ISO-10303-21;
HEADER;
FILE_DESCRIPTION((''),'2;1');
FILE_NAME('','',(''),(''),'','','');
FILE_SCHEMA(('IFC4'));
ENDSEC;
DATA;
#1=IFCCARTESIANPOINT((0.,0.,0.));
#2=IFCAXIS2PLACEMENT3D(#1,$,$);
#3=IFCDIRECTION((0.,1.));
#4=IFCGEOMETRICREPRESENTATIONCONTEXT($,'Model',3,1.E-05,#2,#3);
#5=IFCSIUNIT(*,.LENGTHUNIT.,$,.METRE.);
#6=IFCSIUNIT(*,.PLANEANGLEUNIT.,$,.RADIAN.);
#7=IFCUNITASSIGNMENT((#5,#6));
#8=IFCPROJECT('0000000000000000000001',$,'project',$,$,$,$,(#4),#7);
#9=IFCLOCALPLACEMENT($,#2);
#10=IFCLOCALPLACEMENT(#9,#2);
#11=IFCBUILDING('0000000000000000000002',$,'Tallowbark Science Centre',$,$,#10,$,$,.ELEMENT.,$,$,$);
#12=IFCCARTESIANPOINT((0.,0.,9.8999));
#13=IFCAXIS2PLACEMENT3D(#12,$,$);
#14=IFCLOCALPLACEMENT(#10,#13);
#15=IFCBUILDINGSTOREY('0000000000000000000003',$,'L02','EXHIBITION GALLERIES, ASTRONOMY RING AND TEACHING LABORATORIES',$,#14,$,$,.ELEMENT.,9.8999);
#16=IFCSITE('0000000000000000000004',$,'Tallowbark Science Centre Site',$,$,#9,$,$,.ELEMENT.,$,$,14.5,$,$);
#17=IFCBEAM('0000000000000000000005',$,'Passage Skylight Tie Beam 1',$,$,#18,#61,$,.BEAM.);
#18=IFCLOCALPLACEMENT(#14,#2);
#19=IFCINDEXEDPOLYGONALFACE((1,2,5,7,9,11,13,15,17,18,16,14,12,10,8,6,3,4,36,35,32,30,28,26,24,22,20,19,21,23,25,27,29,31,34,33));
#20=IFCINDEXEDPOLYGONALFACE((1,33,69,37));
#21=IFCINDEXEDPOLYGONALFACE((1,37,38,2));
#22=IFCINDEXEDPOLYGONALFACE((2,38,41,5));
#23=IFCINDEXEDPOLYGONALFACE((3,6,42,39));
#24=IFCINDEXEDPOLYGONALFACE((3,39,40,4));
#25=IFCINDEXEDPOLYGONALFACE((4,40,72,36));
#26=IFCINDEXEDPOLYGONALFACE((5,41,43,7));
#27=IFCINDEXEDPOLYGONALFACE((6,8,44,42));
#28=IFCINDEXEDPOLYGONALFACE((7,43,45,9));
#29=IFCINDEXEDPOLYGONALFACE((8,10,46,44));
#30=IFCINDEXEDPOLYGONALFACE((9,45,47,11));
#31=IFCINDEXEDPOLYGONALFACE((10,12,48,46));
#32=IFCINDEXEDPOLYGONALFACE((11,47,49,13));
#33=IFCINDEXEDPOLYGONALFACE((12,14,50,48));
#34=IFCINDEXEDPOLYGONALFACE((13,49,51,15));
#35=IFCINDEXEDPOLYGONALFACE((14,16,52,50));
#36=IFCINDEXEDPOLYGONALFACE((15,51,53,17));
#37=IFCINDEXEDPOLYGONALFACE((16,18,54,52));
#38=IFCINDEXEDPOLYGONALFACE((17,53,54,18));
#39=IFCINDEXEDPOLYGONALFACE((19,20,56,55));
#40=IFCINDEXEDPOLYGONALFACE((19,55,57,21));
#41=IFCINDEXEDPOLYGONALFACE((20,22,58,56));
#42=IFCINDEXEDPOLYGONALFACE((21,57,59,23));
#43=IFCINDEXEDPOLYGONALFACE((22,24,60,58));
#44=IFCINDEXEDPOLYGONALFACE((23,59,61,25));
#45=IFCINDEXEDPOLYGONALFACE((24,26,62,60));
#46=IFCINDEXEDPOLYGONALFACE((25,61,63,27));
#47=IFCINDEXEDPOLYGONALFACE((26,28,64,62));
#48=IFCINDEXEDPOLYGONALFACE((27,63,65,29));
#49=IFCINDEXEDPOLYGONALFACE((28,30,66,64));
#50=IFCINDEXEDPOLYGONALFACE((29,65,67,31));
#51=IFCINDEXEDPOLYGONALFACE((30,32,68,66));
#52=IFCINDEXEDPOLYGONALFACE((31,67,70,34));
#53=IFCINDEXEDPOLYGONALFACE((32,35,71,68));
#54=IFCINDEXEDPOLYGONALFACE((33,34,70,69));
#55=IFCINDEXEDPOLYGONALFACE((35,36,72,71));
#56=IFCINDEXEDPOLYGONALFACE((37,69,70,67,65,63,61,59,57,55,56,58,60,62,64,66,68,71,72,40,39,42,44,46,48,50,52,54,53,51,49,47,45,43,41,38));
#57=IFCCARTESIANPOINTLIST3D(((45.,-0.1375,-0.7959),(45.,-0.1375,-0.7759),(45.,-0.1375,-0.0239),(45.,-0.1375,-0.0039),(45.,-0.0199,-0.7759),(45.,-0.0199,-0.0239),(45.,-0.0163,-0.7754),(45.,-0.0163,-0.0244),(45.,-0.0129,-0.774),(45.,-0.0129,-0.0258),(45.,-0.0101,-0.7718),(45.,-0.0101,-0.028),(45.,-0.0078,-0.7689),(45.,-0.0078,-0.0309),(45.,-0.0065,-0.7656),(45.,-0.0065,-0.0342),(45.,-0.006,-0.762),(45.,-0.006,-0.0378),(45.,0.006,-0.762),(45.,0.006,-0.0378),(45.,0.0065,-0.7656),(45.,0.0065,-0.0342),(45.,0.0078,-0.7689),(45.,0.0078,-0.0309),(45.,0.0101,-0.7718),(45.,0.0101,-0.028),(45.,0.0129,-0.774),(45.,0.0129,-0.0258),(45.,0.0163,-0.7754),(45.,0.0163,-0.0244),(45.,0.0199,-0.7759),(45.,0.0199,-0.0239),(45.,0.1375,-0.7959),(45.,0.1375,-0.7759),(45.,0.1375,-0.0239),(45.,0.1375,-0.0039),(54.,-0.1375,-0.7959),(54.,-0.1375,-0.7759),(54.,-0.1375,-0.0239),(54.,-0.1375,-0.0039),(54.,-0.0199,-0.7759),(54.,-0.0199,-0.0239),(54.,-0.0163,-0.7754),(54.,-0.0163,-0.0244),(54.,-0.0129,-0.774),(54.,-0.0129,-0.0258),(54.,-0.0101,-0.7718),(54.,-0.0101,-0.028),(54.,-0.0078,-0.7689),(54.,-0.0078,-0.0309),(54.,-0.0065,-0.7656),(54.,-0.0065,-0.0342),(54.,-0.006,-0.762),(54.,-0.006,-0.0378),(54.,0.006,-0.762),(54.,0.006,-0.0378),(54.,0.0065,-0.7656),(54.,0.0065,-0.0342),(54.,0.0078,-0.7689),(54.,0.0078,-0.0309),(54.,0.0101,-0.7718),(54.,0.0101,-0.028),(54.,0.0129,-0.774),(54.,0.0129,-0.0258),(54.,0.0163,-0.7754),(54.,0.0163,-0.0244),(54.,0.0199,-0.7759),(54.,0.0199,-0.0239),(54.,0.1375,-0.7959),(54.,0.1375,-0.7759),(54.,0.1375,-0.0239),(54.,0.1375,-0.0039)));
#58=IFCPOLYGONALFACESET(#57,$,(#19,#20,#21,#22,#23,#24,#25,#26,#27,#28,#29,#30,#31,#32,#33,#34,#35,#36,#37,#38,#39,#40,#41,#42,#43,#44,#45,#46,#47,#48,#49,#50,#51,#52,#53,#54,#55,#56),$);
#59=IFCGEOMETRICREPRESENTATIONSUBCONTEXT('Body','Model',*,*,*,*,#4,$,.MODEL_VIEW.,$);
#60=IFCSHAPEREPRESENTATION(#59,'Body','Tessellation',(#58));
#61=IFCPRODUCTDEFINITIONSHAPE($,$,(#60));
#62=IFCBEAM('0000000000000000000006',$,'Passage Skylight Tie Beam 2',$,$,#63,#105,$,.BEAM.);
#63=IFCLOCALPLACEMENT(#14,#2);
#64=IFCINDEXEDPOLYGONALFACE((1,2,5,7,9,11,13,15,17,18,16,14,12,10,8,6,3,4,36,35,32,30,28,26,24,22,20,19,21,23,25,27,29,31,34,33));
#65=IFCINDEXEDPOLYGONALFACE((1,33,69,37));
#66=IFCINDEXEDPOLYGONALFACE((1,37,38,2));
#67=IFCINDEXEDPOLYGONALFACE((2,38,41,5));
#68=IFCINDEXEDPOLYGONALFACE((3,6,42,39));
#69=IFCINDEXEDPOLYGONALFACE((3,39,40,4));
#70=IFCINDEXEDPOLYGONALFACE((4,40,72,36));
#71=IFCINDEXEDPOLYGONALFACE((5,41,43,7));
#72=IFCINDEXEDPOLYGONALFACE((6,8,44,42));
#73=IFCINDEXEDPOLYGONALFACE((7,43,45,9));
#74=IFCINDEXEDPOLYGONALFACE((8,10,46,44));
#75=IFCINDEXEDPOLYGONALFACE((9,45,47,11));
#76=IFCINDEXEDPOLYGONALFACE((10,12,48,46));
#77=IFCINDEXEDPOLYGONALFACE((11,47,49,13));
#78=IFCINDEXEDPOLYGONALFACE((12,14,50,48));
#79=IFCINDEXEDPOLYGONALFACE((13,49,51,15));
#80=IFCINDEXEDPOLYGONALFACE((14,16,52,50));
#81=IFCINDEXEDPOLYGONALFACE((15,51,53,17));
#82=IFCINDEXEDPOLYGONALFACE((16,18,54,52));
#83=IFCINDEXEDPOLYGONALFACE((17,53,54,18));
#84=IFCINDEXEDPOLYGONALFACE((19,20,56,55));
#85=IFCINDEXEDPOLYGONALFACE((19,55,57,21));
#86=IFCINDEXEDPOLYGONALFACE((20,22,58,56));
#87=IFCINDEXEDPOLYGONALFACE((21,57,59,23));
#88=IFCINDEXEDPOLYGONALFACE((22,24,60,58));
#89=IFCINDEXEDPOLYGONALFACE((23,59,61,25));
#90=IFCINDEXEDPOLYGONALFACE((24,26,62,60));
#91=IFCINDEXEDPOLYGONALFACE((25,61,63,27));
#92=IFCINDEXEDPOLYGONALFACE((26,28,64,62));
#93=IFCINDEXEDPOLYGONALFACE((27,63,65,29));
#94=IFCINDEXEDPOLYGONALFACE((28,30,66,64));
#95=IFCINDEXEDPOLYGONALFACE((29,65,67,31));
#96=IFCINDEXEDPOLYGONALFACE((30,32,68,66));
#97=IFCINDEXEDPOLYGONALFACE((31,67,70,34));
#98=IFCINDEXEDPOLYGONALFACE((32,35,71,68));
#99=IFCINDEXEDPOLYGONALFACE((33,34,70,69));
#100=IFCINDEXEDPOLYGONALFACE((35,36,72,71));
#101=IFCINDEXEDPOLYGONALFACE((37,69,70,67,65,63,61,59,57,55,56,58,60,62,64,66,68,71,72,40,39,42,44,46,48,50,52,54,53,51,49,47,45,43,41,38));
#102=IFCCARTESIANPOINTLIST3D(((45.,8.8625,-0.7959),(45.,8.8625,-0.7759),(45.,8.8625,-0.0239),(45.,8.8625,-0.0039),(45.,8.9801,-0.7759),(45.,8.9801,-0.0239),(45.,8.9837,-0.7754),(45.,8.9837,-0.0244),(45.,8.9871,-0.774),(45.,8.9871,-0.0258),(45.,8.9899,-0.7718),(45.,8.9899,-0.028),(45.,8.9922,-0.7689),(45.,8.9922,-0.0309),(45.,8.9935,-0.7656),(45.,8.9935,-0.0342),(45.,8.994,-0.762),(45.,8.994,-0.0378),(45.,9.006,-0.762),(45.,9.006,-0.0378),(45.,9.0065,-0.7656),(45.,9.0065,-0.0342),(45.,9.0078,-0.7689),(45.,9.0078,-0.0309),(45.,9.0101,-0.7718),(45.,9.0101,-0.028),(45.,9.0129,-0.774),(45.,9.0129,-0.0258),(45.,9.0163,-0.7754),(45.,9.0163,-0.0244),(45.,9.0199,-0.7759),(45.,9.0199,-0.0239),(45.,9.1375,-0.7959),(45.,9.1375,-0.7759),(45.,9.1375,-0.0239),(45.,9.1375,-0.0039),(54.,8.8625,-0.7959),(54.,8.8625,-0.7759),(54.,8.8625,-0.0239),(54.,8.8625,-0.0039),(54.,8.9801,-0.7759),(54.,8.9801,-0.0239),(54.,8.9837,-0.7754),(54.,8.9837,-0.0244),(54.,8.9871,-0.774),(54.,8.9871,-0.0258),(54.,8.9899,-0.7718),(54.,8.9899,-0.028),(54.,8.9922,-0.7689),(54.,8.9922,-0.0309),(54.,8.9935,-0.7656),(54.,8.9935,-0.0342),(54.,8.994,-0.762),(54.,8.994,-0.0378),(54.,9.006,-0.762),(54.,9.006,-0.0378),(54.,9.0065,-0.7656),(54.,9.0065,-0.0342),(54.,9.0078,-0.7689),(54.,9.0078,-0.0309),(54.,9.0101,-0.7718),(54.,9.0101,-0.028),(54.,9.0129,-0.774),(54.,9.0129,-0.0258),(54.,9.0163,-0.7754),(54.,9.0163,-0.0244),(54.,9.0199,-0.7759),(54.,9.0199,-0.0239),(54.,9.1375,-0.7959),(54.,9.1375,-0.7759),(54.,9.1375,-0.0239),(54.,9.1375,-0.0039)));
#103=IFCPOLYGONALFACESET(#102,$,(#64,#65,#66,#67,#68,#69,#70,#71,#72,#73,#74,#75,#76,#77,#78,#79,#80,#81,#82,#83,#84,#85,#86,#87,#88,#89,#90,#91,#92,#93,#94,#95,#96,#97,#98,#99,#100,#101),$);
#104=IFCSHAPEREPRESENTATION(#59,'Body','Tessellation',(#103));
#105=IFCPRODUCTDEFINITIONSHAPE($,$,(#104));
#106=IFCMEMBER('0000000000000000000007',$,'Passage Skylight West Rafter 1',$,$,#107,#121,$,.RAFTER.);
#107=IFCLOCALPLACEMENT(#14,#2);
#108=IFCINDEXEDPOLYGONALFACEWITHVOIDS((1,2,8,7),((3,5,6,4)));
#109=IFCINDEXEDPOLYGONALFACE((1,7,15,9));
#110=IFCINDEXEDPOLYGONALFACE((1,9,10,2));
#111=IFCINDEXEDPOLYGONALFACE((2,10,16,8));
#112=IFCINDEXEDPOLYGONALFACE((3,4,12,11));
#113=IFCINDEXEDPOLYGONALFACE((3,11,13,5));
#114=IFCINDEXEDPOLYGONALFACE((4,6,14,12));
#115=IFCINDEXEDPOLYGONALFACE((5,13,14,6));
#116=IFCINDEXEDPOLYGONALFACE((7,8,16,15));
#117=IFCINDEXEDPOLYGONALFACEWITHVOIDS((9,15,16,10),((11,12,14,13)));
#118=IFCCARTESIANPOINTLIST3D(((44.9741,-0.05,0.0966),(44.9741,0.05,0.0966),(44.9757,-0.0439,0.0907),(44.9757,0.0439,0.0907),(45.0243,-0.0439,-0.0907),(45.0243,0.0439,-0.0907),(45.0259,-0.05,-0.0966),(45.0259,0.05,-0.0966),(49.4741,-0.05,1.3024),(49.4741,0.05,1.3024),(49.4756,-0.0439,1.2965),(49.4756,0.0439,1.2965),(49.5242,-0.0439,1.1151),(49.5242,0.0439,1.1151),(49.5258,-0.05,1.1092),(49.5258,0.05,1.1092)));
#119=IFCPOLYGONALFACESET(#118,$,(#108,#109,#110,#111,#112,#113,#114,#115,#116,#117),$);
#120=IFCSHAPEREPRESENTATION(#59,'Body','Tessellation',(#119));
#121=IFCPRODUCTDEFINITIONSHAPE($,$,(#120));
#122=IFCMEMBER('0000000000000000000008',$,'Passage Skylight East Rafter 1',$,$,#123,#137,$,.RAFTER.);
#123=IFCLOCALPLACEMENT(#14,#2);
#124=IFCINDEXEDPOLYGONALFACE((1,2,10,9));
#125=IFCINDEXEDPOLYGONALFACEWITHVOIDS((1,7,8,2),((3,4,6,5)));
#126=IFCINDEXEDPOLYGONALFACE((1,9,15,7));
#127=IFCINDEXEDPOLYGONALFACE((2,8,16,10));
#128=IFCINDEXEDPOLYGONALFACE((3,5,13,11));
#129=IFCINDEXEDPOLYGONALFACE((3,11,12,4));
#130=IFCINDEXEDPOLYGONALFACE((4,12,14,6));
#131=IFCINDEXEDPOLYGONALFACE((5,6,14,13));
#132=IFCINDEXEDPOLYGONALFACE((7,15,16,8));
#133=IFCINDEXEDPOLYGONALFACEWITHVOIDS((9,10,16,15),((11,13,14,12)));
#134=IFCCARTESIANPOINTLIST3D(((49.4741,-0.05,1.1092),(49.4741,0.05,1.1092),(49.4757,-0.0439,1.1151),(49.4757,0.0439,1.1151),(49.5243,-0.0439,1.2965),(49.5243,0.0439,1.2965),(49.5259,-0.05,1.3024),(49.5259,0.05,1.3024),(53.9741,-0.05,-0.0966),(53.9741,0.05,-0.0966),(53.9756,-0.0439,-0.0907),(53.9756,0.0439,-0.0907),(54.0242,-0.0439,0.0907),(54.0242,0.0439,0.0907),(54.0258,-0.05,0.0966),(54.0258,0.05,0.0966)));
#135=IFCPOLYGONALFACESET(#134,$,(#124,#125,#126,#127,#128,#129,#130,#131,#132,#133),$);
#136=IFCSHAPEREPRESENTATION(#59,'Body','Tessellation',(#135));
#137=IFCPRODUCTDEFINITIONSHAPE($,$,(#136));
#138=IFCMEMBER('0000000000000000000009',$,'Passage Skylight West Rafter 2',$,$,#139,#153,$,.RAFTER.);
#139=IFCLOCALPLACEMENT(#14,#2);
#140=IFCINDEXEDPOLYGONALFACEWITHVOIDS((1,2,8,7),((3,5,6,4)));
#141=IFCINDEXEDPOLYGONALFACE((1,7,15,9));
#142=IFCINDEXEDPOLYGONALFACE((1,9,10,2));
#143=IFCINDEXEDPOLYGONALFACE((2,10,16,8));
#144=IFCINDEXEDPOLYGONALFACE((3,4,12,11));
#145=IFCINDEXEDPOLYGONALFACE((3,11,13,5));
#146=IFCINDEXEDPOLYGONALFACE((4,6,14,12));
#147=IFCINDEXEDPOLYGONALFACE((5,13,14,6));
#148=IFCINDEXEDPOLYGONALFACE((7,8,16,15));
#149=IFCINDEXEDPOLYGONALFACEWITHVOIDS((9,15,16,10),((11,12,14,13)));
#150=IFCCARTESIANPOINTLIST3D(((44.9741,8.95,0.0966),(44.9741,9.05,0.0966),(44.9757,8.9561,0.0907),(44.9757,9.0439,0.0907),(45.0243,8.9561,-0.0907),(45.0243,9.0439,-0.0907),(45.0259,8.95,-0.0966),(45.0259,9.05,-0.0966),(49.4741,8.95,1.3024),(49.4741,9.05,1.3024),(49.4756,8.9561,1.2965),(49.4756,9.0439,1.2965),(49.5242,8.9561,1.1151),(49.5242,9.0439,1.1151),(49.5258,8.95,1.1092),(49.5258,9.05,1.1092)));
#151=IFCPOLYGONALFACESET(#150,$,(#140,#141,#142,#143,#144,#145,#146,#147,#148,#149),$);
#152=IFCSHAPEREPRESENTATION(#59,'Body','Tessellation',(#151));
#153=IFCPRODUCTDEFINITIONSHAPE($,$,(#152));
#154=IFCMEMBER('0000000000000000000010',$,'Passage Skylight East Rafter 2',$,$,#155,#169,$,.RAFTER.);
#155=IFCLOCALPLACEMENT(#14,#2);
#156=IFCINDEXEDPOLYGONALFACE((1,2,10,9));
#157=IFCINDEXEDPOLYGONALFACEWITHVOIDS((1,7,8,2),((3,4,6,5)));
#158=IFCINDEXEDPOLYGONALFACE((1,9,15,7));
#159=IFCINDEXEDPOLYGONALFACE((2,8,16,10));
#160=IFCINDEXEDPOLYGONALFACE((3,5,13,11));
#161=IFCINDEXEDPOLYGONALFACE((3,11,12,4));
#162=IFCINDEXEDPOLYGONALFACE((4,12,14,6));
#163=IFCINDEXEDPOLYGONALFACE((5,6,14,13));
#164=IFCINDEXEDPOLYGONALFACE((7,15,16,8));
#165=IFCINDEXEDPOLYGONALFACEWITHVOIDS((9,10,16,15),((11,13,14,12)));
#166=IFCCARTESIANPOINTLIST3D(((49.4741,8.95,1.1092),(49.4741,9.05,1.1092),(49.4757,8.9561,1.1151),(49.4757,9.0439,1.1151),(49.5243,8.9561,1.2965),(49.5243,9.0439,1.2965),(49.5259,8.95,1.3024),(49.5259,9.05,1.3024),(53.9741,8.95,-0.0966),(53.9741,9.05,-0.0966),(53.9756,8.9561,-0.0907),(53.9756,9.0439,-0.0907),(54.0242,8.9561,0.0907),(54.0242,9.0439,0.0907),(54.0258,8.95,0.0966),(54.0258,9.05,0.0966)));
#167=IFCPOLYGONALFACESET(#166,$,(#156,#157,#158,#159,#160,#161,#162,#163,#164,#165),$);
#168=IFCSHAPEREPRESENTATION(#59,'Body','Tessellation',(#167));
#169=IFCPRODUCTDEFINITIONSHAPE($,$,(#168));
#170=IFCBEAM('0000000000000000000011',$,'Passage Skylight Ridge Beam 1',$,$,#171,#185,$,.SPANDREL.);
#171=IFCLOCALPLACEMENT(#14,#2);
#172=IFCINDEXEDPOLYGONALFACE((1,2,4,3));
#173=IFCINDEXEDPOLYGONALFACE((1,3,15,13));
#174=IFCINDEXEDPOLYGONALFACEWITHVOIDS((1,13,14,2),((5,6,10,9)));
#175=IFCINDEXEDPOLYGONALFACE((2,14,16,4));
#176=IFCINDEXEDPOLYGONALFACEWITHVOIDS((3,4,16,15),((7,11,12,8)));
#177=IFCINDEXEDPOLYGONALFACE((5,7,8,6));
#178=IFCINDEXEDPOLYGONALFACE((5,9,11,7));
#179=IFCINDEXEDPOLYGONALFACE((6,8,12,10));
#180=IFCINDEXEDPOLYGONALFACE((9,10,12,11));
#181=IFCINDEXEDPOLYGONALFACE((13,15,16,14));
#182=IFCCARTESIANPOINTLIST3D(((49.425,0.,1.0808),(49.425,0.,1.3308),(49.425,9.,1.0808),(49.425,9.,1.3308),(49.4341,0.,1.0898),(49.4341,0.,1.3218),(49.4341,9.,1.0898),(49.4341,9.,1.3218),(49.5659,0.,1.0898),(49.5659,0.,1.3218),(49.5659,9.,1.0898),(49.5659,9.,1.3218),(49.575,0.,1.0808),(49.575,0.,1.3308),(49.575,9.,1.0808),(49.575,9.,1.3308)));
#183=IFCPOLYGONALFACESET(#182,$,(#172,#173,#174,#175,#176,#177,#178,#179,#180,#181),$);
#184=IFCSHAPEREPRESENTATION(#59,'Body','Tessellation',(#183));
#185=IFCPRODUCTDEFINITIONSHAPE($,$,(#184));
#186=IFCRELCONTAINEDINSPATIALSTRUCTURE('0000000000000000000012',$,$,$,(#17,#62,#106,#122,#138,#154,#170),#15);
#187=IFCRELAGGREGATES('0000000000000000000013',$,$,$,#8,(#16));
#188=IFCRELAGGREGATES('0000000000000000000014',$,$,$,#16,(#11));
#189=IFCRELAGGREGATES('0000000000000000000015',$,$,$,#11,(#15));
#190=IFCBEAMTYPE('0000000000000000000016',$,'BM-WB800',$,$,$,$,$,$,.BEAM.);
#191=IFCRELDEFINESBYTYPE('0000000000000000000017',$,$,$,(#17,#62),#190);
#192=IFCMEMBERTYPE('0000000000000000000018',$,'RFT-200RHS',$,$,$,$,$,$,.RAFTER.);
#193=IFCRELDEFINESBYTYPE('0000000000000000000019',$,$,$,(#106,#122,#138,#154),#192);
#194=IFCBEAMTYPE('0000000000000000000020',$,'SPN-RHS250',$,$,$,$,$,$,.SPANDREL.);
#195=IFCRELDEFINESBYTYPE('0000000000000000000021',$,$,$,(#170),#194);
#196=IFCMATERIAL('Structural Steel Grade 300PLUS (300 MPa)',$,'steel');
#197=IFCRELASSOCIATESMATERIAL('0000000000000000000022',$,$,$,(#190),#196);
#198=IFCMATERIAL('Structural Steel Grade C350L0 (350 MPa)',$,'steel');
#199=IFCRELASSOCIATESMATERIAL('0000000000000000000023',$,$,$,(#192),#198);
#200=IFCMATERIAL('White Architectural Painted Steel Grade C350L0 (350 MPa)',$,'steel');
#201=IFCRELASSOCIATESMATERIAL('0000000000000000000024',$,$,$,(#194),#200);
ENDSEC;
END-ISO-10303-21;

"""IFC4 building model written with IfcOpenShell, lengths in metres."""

from ifc_helpers import new_model, si_unit, direction, frame, origin, origin_2d, place, context, subcontext, project, spatial, hollow_rectangle, i_section, extrude, material, material_profile, profile_set, type_object, element, save


model = new_model("IFC4")

# Units and contexts
model_context = context("Model", 3, precision=1e-05, world=origin(), true_north=direction((0.0, 1.0)))
body_context = subcontext(model_context, "Body", "Model", "MODEL_VIEW")
ifc_project = project(units=[si_unit("LENGTHUNIT", "METRE"), si_unit("PLANEANGLEUNIT", "RADIAN")], contexts=[model_context])

# Site, building, storey
site_placement = place(None, origin())
site = spatial("IfcSite", under=ifc_project, at=site_placement, Name="Tallowbark Science Centre Site", CompositionType="ELEMENT", RefElevation=14.5)
building_placement = place(site_placement, origin())
building = spatial("IfcBuilding", under=site, at=building_placement, Name="Tallowbark Science Centre", CompositionType="ELEMENT")
storey_placement = place(building_placement, frame((0.0, 0.0, 9.8999)))
storey = spatial("IfcBuildingStorey", under=building, at=storey_placement, Name="L02", Description="EXHIBITION GALLERIES, ASTRONOMY RING AND TEACHING LABORATORIES", CompositionType="ELEMENT", Elevation=9.8999)

# Shared definitions
ifc_material_1 = material(Name="White Architectural Painted Steel Grade C350L0 (350 MPa)", Category="steel")
ifc_material_2 = material(Name="Structural Steel Grade 300PLUS (300 MPa)", Category="steel")

# Beams
ifc_material_profile_1 = material_profile(ifc_material_2, i_section(OverallWidth=0.2749, OverallDepth=0.792, WebThickness=0.012, FlangeThickness=0.02, FilletRadius=0.0139, at=origin_2d()), Name="800WB146")
ifc_profile_set_1 = profile_set([ifc_material_profile_1], Name="Structural Steel Grade 300PLUS (300 MPa)")
beam_type_1 = type_object("IfcBeamType", Name="BM-WB800", PredefinedType="BEAM", material=ifc_profile_set_1)
for number, where, z_axis, x_axis, name in (
    (1, (45.0, 0.0, -0.3999), (1.0, 0.0, 0.0), (0.0, 1.0, 0.0), "Passage Skylight Tie Beam 1"),
    (2, (45.0, 9.0, -0.3999), (1.0, 0.0, 0.0), (0.0, 1.0, 0.0), "Passage Skylight Tie Beam 2"),
):
    element("IfcBeam", number, at=place(storey_placement, frame(where, z_axis=z_axis, x_axis=x_axis)), inside=storey, type_object=beam_type_1, Name=name, PredefinedType="BEAM", context=body_context, shape_type="SweptSolid", body=[
        extrude(i_section(OverallWidth=0.2749, OverallDepth=0.792, WebThickness=0.012, FlangeThickness=0.02, FilletRadius=0.0139, at=origin_2d()), origin(), (0.0, 0.0, 1.0), 9.0),
    ])

# Members
ifc_material_3 = material(Name="Structural Steel Grade C350L0 (350 MPa)", Category="steel")
ifc_material_profile_2 = material_profile(ifc_material_3, hollow_rectangle(XDim=0.1001, YDim=0.2, WallThickness=0.0061, at=origin_2d()), Name="200x100x6.0RHS")
ifc_profile_set_2 = profile_set([ifc_material_profile_2], Name="Structural Steel Grade C350L0 (350 MPa)")
member_type_1 = type_object("IfcMemberType", Name="RFT-200RHS", PredefinedType="RAFTER", material=ifc_profile_set_2)
for number, where, z_axis, x_axis, name in (
    (3, (45.0, 0.0, 0.0), (0.965924, 0.0, 0.258827), (0.0, 1.0, 0.0), "Passage Skylight West Rafter 1"),
    (4, (49.5, 0.0, 1.2058), (0.965924, 0.0, -0.258827), (0.0, 1.0, 0.0), "Passage Skylight East Rafter 1"),
    (5, (45.0, 9.0, 0.0), (0.965924, 0.0, 0.258827), (0.0, 1.0, 0.0), "Passage Skylight West Rafter 2"),
    (6, (49.5, 9.0, 1.2058), (0.965924, 0.0, -0.258827), (0.0, 1.0, 0.0), "Passage Skylight East Rafter 2"),
):
    element("IfcMember", number, at=place(storey_placement, frame(where, z_axis=z_axis, x_axis=x_axis)), inside=storey, type_object=member_type_1, Name=name, PredefinedType="RAFTER", context=body_context, shape_type="SweptSolid", body=[
        extrude(hollow_rectangle(XDim=0.1001, YDim=0.2, WallThickness=0.0061, at=origin_2d()), origin(), (0.0, 0.0, 1.0), 4.6587),
    ])

# Beam
ifc_material_profile_3 = material_profile(ifc_material_1, hollow_rectangle(XDim=0.1499, YDim=0.25, WallThickness=0.009, at=origin_2d()), Name="250x150x9.0RHS")
ifc_profile_set_3 = profile_set([ifc_material_profile_3], Name="White Architectural Painted Steel Grade C350L0 (350 MPa)")
beam_type_2 = type_object("IfcBeamType", Name="SPN-RHS250", PredefinedType="SPANDREL", material=ifc_profile_set_3)
beam_1_placement = place(storey_placement, frame((49.5, 0.0, 1.2058), z_axis=(0.0, 1.0, 0.0), x_axis=(-1.0, 0.0, 0.0)))
element("IfcBeam", 7, at=beam_1_placement, inside=storey, type_object=beam_type_2, Name="Passage Skylight Ridge Beam 1", PredefinedType="SPANDREL", context=body_context, shape_type="SweptSolid", body=[
    extrude(hollow_rectangle(XDim=0.1499, YDim=0.25, WallThickness=0.009, at=origin_2d()), origin(), (0.0, 0.0, 1.0), 9.0),
])

save(model, "model.ifc")
